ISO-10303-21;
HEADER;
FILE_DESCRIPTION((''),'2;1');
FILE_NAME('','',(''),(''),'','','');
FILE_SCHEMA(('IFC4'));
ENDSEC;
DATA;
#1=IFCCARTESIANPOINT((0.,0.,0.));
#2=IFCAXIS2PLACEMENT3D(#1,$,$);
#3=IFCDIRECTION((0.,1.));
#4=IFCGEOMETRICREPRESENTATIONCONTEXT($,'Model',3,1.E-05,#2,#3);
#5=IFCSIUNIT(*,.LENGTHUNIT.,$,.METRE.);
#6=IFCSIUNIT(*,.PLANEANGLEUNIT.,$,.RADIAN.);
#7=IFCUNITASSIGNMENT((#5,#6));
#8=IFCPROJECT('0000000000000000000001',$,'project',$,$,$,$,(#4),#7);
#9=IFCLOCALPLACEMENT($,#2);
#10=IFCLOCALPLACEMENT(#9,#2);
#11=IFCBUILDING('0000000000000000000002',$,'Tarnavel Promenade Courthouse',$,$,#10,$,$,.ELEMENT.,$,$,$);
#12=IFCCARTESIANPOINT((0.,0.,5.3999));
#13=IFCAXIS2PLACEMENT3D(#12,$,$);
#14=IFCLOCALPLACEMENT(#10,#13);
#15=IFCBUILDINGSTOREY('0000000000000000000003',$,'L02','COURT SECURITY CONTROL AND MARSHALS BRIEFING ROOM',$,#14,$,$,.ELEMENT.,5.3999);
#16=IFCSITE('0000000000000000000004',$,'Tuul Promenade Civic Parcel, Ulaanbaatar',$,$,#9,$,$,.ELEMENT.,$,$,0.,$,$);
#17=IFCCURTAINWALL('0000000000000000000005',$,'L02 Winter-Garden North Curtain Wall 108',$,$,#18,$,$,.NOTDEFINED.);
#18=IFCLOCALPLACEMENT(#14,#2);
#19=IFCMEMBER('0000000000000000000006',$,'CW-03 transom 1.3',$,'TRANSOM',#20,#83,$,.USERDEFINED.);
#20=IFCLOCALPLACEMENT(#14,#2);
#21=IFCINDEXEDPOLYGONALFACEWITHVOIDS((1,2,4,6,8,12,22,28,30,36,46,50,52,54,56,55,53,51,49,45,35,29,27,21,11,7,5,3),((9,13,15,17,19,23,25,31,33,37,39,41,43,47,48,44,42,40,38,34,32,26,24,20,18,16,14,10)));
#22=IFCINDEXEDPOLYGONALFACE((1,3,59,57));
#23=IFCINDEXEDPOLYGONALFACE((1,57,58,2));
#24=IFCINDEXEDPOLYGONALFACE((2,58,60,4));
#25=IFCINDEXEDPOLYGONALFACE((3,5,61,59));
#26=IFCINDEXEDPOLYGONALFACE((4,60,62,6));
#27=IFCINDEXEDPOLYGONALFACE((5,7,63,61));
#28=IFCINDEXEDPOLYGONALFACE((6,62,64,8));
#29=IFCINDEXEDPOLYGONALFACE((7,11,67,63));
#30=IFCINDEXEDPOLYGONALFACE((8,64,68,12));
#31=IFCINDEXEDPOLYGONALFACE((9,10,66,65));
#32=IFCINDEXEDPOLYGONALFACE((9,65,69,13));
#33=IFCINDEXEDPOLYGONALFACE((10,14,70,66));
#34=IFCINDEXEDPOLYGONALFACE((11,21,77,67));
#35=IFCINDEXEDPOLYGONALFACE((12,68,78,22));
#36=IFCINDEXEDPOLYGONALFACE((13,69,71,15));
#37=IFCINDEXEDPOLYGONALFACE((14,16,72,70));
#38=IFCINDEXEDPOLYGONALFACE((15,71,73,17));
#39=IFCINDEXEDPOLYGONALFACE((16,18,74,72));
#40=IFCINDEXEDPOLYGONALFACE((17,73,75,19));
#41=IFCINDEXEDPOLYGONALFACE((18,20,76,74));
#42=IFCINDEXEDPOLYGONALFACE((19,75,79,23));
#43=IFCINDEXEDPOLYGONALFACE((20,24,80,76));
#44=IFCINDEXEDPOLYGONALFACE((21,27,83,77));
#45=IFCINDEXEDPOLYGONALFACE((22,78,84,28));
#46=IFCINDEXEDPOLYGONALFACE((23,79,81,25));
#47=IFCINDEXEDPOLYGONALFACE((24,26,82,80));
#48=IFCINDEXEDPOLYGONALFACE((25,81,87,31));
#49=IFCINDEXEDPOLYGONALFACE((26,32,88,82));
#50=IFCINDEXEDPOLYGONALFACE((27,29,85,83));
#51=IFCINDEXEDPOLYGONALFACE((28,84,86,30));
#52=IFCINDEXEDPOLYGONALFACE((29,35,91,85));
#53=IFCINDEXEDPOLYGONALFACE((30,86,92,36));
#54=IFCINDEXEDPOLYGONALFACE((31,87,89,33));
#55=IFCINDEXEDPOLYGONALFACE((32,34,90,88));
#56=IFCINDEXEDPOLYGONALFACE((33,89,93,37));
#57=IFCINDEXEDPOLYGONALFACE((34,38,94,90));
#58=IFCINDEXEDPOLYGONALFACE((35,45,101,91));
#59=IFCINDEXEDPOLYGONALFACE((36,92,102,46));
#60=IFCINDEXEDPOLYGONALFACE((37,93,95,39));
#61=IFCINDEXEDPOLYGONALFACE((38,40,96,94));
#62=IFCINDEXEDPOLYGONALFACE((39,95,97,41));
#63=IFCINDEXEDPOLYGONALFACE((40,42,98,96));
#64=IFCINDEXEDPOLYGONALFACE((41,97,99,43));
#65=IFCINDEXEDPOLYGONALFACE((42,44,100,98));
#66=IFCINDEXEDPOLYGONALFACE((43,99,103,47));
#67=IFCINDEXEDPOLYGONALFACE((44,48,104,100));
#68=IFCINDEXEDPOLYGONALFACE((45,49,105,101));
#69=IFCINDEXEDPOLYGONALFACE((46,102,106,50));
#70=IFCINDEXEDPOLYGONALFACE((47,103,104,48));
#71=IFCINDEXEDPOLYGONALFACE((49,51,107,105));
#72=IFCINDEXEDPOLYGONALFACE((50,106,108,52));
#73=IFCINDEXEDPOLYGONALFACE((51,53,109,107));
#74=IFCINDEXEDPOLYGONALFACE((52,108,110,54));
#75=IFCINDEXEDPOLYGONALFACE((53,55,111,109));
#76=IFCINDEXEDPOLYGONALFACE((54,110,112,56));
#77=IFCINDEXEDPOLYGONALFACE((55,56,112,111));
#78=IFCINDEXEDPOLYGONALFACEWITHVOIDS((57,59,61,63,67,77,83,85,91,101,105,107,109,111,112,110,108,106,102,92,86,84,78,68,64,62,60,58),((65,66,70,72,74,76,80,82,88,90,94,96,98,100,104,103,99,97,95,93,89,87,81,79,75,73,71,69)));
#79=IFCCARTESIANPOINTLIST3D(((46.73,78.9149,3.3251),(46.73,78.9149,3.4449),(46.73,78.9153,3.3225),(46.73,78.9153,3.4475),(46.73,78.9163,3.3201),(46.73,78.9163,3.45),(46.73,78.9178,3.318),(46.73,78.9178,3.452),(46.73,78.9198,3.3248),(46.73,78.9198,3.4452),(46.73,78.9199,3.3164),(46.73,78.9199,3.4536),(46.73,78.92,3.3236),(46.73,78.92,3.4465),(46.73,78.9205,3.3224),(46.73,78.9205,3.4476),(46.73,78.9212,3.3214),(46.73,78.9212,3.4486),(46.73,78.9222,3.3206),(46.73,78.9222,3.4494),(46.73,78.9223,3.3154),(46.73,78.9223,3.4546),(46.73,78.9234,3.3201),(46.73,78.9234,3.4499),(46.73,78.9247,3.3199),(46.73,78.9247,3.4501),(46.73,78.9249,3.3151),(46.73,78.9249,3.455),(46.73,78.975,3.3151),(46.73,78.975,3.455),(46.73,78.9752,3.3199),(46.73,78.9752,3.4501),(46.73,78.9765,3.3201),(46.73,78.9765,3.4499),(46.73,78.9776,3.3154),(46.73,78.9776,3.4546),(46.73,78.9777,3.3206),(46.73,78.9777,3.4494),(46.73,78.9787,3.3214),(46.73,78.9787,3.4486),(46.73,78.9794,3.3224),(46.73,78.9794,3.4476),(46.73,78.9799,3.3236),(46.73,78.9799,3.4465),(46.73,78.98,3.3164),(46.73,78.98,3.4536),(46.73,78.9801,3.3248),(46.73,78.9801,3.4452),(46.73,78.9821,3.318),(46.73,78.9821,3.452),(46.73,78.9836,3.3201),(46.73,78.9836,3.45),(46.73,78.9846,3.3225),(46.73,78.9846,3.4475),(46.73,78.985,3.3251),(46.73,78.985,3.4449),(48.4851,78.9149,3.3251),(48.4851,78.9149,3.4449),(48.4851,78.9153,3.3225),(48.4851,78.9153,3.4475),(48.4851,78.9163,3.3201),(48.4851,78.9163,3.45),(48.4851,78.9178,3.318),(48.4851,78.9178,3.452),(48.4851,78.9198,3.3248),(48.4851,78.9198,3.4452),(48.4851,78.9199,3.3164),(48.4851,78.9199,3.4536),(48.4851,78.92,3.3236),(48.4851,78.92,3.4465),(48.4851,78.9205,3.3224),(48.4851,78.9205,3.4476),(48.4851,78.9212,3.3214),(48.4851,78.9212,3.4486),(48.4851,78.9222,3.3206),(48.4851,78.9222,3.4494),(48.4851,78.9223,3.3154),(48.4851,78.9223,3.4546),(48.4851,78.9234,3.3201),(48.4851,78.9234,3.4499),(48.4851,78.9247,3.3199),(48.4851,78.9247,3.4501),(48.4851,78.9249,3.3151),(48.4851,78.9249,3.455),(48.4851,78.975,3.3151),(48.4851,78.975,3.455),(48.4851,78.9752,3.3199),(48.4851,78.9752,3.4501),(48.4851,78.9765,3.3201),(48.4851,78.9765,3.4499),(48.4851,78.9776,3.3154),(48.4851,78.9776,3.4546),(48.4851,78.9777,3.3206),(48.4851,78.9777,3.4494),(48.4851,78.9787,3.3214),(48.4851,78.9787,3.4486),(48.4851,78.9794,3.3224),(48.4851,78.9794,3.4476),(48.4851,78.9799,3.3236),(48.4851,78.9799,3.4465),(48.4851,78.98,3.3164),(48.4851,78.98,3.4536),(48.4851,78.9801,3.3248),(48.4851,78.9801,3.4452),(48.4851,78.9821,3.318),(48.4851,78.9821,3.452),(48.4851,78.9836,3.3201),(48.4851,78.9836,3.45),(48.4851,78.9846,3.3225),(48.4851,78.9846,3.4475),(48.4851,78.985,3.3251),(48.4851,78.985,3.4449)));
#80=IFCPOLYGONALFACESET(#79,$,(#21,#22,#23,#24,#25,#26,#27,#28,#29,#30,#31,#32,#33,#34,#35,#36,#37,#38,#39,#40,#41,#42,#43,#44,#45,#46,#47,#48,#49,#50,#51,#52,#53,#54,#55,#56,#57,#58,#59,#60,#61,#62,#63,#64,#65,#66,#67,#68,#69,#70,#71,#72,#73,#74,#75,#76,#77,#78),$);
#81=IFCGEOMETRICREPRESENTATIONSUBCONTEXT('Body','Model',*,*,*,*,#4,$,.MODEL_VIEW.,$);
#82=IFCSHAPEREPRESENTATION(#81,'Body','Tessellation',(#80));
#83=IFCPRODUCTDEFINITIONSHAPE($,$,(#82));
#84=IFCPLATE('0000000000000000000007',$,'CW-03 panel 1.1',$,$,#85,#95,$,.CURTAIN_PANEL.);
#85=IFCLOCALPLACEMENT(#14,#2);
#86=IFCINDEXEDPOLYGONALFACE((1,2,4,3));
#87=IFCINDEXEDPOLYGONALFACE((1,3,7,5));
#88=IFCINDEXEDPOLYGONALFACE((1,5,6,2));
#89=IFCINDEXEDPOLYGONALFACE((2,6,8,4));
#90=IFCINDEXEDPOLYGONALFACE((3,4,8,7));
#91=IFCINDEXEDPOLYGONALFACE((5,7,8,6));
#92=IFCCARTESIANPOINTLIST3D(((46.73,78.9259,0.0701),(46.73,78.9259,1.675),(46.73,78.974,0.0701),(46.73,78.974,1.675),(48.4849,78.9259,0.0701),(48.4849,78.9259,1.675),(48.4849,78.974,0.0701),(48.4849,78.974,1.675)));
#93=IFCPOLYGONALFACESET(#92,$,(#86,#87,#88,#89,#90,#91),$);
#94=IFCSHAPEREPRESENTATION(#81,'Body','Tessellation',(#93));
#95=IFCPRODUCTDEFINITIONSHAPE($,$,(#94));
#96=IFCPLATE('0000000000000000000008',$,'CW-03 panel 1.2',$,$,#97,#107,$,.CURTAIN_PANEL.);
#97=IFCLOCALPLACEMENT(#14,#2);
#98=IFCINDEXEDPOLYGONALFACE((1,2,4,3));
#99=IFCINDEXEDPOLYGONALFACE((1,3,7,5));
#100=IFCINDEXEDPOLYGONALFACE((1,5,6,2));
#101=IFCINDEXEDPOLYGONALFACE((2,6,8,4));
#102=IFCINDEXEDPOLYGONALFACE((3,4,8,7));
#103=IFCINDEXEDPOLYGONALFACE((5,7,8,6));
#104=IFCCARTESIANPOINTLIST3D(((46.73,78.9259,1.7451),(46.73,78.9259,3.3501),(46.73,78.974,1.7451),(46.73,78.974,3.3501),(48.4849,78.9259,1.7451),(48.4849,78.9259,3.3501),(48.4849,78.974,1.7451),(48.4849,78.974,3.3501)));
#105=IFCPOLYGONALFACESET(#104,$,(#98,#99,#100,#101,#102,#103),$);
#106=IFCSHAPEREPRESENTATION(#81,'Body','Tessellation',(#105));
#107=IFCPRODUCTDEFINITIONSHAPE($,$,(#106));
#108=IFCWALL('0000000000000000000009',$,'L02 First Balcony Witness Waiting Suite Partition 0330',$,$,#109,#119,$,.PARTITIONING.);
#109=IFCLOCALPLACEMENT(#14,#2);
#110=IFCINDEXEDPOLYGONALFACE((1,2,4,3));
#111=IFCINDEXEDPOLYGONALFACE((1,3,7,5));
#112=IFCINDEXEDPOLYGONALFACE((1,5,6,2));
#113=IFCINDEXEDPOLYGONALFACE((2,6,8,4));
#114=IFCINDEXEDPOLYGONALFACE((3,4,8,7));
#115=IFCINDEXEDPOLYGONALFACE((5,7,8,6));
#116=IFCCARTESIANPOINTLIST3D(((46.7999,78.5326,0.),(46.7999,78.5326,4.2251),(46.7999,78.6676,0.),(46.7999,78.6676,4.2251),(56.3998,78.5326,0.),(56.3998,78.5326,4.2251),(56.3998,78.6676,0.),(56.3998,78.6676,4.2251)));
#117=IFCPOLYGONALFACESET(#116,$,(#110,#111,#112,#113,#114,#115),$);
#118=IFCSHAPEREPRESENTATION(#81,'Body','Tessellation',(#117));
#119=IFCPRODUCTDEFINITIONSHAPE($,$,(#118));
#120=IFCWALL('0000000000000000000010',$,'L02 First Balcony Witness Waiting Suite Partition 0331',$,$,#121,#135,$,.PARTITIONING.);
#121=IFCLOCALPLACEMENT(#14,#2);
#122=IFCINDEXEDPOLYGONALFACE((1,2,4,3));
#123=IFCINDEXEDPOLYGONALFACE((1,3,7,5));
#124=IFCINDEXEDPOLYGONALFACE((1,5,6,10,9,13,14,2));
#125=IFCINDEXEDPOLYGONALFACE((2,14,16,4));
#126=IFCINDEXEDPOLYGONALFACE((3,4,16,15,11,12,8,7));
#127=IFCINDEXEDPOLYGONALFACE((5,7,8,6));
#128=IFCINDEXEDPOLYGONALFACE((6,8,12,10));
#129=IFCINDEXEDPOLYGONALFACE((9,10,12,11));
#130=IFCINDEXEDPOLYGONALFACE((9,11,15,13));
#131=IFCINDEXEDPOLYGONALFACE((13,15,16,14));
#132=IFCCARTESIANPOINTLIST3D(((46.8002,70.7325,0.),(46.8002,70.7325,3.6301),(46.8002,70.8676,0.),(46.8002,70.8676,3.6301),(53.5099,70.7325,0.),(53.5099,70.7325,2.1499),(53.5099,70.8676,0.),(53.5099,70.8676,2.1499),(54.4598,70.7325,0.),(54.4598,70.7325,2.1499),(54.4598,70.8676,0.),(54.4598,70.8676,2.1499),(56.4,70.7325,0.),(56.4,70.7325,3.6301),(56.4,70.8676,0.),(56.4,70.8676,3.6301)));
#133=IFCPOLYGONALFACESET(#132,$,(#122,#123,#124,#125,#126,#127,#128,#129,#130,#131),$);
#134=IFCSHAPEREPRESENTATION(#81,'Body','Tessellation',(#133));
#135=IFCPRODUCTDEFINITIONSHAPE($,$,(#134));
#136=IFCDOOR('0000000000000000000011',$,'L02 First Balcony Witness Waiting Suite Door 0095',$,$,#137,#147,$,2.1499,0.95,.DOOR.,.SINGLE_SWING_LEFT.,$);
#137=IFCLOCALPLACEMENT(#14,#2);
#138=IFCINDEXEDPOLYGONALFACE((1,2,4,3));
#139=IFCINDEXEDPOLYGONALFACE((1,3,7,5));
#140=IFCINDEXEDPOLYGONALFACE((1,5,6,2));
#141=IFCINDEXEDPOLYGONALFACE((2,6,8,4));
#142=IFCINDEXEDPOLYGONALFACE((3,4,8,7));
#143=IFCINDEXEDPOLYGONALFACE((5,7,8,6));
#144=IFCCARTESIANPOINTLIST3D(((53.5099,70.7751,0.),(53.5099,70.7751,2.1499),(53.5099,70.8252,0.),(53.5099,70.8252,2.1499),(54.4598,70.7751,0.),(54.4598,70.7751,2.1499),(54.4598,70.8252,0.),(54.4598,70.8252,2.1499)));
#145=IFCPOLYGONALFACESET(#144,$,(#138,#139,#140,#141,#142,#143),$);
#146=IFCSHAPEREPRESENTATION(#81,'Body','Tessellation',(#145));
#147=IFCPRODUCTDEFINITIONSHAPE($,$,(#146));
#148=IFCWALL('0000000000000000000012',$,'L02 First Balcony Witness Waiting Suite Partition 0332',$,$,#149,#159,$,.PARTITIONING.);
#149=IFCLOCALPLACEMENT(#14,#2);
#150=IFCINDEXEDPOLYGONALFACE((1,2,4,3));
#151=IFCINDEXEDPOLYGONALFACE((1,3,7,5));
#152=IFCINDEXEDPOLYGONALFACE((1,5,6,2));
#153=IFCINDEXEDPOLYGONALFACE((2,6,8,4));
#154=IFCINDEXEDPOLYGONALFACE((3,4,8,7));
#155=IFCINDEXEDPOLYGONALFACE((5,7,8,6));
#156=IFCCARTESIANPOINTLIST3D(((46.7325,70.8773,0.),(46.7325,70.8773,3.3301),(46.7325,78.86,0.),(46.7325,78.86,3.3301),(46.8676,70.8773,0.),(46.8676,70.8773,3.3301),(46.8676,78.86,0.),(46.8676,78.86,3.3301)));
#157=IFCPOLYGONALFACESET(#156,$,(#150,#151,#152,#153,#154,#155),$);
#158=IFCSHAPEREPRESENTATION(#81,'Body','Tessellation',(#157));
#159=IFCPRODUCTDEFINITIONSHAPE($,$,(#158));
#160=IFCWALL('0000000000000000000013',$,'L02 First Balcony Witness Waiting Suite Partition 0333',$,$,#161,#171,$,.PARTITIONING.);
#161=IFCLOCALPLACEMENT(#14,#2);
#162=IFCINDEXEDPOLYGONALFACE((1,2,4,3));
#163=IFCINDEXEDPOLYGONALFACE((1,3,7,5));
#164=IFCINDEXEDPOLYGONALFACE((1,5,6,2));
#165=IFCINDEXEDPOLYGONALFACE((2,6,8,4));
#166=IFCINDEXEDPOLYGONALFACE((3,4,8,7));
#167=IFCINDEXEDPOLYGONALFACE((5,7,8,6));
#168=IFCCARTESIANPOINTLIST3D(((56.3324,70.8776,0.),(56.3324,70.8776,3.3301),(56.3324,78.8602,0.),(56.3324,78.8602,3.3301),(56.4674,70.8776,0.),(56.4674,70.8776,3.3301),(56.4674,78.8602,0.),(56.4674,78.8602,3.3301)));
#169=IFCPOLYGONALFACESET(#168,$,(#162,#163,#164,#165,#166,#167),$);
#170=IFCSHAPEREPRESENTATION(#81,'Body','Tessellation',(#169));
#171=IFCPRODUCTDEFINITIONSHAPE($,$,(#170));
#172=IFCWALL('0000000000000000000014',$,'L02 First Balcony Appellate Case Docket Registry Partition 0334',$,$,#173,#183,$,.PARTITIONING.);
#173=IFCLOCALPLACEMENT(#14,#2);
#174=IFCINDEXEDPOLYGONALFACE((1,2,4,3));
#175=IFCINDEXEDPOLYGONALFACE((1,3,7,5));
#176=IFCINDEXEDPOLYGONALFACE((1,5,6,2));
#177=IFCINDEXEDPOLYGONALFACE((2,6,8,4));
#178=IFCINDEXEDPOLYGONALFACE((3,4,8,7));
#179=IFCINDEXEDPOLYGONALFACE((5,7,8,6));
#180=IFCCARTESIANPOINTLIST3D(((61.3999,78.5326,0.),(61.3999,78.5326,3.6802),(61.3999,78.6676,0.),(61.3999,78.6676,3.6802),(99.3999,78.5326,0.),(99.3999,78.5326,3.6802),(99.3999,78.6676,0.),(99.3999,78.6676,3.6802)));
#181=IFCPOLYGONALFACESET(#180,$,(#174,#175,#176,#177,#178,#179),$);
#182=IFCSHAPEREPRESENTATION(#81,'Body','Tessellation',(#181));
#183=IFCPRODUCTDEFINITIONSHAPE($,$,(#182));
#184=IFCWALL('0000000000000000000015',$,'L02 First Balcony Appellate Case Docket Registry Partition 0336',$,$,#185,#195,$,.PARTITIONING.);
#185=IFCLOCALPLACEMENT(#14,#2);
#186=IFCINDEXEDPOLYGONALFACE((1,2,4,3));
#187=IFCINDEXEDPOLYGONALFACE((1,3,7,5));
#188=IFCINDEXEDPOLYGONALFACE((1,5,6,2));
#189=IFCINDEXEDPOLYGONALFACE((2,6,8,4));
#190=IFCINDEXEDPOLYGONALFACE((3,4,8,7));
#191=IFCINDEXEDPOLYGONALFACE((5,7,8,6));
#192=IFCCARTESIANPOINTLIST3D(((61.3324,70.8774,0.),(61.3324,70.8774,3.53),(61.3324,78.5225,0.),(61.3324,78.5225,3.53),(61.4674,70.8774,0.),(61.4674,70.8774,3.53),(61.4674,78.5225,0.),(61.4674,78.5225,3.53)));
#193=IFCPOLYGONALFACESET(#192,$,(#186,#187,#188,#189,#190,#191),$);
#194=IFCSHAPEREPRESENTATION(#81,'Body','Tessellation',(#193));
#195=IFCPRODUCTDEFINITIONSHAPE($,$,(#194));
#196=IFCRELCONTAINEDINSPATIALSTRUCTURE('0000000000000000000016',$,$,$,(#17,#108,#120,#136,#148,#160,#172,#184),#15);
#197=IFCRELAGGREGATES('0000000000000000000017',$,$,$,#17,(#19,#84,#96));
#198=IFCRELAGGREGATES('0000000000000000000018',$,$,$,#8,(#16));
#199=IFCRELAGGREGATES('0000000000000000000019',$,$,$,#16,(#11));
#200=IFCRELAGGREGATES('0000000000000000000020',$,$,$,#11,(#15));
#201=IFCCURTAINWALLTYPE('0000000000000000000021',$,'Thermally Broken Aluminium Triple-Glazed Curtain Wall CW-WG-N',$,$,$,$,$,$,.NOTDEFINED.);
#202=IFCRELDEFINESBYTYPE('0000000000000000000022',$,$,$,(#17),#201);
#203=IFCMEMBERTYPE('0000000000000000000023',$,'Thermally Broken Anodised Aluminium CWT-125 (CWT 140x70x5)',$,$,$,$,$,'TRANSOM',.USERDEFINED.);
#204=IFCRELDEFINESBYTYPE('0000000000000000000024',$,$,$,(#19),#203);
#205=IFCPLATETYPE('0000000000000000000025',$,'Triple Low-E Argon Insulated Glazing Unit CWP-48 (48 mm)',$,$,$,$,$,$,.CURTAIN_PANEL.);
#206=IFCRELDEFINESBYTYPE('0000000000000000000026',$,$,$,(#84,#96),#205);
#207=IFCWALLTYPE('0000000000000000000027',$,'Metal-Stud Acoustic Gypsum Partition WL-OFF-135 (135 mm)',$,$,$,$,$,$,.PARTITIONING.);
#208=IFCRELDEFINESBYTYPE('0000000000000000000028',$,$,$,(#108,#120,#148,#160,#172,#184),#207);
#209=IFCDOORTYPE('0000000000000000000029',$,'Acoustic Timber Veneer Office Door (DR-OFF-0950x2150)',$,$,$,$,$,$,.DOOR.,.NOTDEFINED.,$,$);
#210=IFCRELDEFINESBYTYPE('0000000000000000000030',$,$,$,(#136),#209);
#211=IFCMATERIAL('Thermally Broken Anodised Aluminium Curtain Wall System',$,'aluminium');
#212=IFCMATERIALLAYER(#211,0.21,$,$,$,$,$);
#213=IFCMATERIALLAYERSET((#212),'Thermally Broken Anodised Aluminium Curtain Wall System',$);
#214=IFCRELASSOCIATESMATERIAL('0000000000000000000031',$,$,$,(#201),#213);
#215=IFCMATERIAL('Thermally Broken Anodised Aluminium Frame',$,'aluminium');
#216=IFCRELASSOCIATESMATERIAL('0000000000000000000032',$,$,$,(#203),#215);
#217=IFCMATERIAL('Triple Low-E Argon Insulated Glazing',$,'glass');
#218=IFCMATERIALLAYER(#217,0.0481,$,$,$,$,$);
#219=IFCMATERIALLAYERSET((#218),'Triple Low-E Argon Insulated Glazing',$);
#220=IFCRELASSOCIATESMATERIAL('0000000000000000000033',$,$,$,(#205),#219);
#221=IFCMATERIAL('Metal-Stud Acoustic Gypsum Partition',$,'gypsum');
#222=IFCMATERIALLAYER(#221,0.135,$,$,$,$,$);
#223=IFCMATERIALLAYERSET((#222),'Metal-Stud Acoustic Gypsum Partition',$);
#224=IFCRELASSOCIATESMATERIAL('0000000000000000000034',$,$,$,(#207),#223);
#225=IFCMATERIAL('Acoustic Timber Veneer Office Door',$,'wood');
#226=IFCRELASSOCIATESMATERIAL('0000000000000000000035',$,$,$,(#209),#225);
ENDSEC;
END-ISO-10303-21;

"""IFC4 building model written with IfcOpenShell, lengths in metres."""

from ifc_helpers import new_model, si_unit, direction, frame, frame_2d, origin, origin_2d, place, context, subcontext, project, spatial, rectangle, hollow_rectangle, extrude, material, layer, layer_set, material_profile, profile_set, type_object, element, fill, aggregate, save


model = new_model("IFC4")

# Units and contexts
model_context = context("Model", 3, precision=1e-05, world=origin(), true_north=direction((0.0, 1.0)))
body_context = subcontext(model_context, "Body", "Model", "MODEL_VIEW")
ifc_project = project(units=[si_unit("LENGTHUNIT", "METRE"), si_unit("PLANEANGLEUNIT", "RADIAN")], contexts=[model_context])

# Site, building, storey
site_placement = place(None, origin())
site = spatial("IfcSite", under=ifc_project, at=site_placement, Name="Tuul Promenade Civic Parcel, Ulaanbaatar", CompositionType="ELEMENT", RefElevation=0.0)
building_placement = place(site_placement, origin())
building = spatial("IfcBuilding", under=site, at=building_placement, Name="Tarnavel Promenade Courthouse", CompositionType="ELEMENT")
storey_placement = place(building_placement, frame((0.0, 0.0, 5.3999)))
storey = spatial("IfcBuildingStorey", under=building, at=storey_placement, Name="L02", Description="COURT SECURITY CONTROL AND MARSHALS BRIEFING ROOM", CompositionType="ELEMENT", Elevation=5.3999)

# Curtain wall, member, plates
ifc_material_1 = material(Name="Thermally Broken Anodised Aluminium Curtain Wall System", Category="aluminium")
ifc_layer_1 = layer(ifc_material_1, 0.21)
ifc_layer_set_1 = layer_set([ifc_layer_1], Name="Thermally Broken Anodised Aluminium Curtain Wall System")
curtain_wall_type = type_object("IfcCurtainWallType", Name="Thermally Broken Aluminium Triple-Glazed Curtain Wall CW-WG-N", PredefinedType="NOTDEFINED", material=ifc_layer_set_1)
curtain_wall_placement = place(storey_placement, origin())
curtain_wall = element("IfcCurtainWall", 1, at=curtain_wall_placement, inside=storey, type_object=curtain_wall_type, Name="L02 Winter-Garden North Curtain Wall 108", PredefinedType="NOTDEFINED")
ifc_material_2 = material(Name="Thermally Broken Anodised Aluminium Frame", Category="aluminium")
ifc_material_profile_1 = material_profile(ifc_material_2, hollow_rectangle(XDim=0.0701, YDim=0.1399, WallThickness=0.0049, InnerFilletRadius=0.0049, OuterFilletRadius=0.01, at=origin_2d()), Name="CWT 140x70x5")
ifc_profile_set_1 = profile_set([ifc_material_profile_1], Name="Thermally Broken Anodised Aluminium Frame")
member_type_1 = type_object("IfcMemberType", Name="Thermally Broken Anodised Aluminium CWT-125 (CWT 140x70x5)", ElementType="TRANSOM", PredefinedType="USERDEFINED", material=ifc_profile_set_1)
member_1_placement = place(storey_placement, frame((46.73, 78.95, 3.385), z_axis=(1.0, 0.0, 0.0), x_axis=(0.0, 1.0, 0.0)))
member_1 = element("IfcMember", 2, at=member_1_placement, type_object=member_type_1, Name="CW-03 transom 1.3", ObjectType="TRANSOM", PredefinedType="USERDEFINED", context=body_context, shape_type="SweptSolid", body=[
    extrude(hollow_rectangle(XDim=0.0701, YDim=0.1399, WallThickness=0.0049, InnerFilletRadius=0.0049, OuterFilletRadius=0.01, at=origin_2d()), origin(), (0.0, 0.0, 1.0), 1.7551),
])
ifc_material_3 = material(Name="Triple Low-E Argon Insulated Glazing", Category="glass")
ifc_layer_2 = layer(ifc_material_3, 0.0481)
ifc_layer_set_2 = layer_set([ifc_layer_2], Name="Triple Low-E Argon Insulated Glazing")
plate_type = type_object("IfcPlateType", Name="Triple Low-E Argon Insulated Glazing Unit CWP-48 (48 mm)", PredefinedType="CURTAIN_PANEL", material=ifc_layer_set_2)
plate_1_placement = place(storey_placement, frame((47.6074, 78.95, 0.0701), z_axis=(0.0, 0.0, 1.0), x_axis=(1.0, 0.0, 0.0)))
plate_1 = element("IfcPlate", 3, at=plate_1_placement, type_object=plate_type, Name="CW-03 panel 1.1", PredefinedType="CURTAIN_PANEL", context=body_context, shape_type="SweptSolid", body=[
    extrude(rectangle(XDim=1.7549, YDim=0.0481, at=origin_2d()), origin(), (0.0, 0.0, 1.0), 1.605),
])
plate_2_placement = place(storey_placement, frame((47.6074, 78.95, 1.7451), z_axis=(0.0, 0.0, 1.0), x_axis=(1.0, 0.0, 0.0)))
plate_2 = element("IfcPlate", 4, at=plate_2_placement, type_object=plate_type, Name="CW-03 panel 1.2", PredefinedType="CURTAIN_PANEL", context=body_context, shape_type="SweptSolid", body=[
    extrude(rectangle(XDim=1.7549, YDim=0.0481, at=origin_2d()), origin(), (0.0, 0.0, 1.0), 1.605),
])
aggregate(curtain_wall, [member_1, plate_1, plate_2])

# Wall
ifc_material_4 = material(Name="Metal-Stud Acoustic Gypsum Partition", Category="gypsum")
ifc_layer_3 = layer(ifc_material_4, 0.135)
ifc_layer_set_3 = layer_set([ifc_layer_3], Name="Metal-Stud Acoustic Gypsum Partition")
wall_type = type_object("IfcWallType", Name="Metal-Stud Acoustic Gypsum Partition WL-OFF-135 (135 mm)", PredefinedType="PARTITIONING", material=ifc_layer_set_3)
wall_1_placement = place(storey_placement, frame((46.8, 78.6001, 0.0), z_axis=(0.0, 0.0, 1.0), x_axis=(1.0, 0.0, 0.0)))
element("IfcWall", 5, at=wall_1_placement, inside=storey, type_object=wall_type, Name="L02 First Balcony Witness Waiting Suite Partition 0330", PredefinedType="PARTITIONING", context=body_context, shape_type="SweptSolid", body=[
    extrude(rectangle(XDim=9.5999, YDim=0.135, at=frame_2d((4.7998, 0.0))), origin(), (0.0, 0.0, 1.0), 4.2251),
])

# Wall, opening, door
wall_2_placement = place(storey_placement, frame((56.3999, 70.8, 0.0), z_axis=(0.0, 0.0, 1.0), x_axis=(-1.0, 0.0, 0.0)))
wall_2 = element("IfcWall", 6, at=wall_2_placement, inside=storey, type_object=wall_type, Name="L02 First Balcony Witness Waiting Suite Partition 0331", PredefinedType="PARTITIONING", context=body_context, shape_type="SweptSolid", body=[
    extrude(rectangle(XDim=9.5999, YDim=0.135, at=frame_2d((4.7998, 0.0))), origin(), (0.0, 0.0, 1.0), 3.6301),
])
opening_1_placement = place(wall_2_placement, frame((1.9399, 0.0, 0.0)))
opening_1 = element("IfcOpeningElement", 7, at=opening_1_placement, cuts=wall_2, PredefinedType="OPENING", context=body_context, shape_type="SweptSolid", body=[
    extrude(rectangle(XDim=0.95, YDim=2.1499, at=frame_2d((0.4751, 1.075))), frame((0.0, 0.0774, 0.0), z_axis=(0.0, -1.0, 0.0), x_axis=(1.0, 0.0, 0.0)), (0.0, 0.0, 1.0), 0.155),
])
ifc_material_5 = material(Name="Acoustic Timber Veneer Office Door", Category="wood")
door_type_1 = type_object("IfcDoorType", Name="Acoustic Timber Veneer Office Door (DR-OFF-0950x2150)", OperationType="NOTDEFINED", PredefinedType="DOOR", material=ifc_material_5)
door_1_placement = place(opening_1_placement, origin())
door_1 = element("IfcDoor", 8, at=door_1_placement, inside=storey, type_object=door_type_1, Name="L02 First Balcony Witness Waiting Suite Door 0095", OperationType="SINGLE_SWING_LEFT", OverallHeight=2.1499, OverallWidth=0.95, PredefinedType="DOOR", context=body_context, shape_type="SweptSolid", body=[
    extrude(rectangle(XDim=0.95, YDim=2.1499, at=frame_2d((0.4751, 1.075))), frame((0.0, 0.0249, 0.0), z_axis=(0.0, -1.0, 0.0), x_axis=(1.0, 0.0, 0.0)), (0.0, 0.0, 1.0), 0.05),
])
fill(opening_1, door_1)

# Walls
for number, where, z_axis, x_axis, name in (
    (9, (46.8, 70.8774, 0.0), (0.0, 0.0, 1.0), (0.0, 1.0, 0.0), "L02 First Balcony Witness Waiting Suite Partition 0332"),
    (10, (56.3999, 78.8601, 0.0), (0.0, 0.0, 1.0), (0.0, -1.0, 0.0), "L02 First Balcony Witness Waiting Suite Partition 0333"),
):
    element("IfcWall", number, at=place(storey_placement, frame(where, z_axis=z_axis, x_axis=x_axis)), inside=storey, type_object=wall_type, Name=name, PredefinedType="PARTITIONING", context=body_context, shape_type="SweptSolid", body=[
        extrude(rectangle(XDim=7.9827, YDim=0.135, at=frame_2d((3.9912, 0.0))), origin(), (0.0, 0.0, 1.0), 3.3301),
    ])
wall_3_placement = place(storey_placement, frame((61.3999, 78.6001, 0.0), z_axis=(0.0, 0.0, 1.0), x_axis=(1.0, 0.0, 0.0)))
element("IfcWall", 11, at=wall_3_placement, inside=storey, type_object=wall_type, Name="L02 First Balcony Appellate Case Docket Registry Partition 0334", PredefinedType="PARTITIONING", context=body_context, shape_type="SweptSolid", body=[
    extrude(rectangle(XDim=38.0, YDim=0.135, at=frame_2d((19.0, 0.0))), origin(), (0.0, 0.0, 1.0), 3.6802),
])
wall_4_placement = place(storey_placement, frame((61.3999, 70.8774, 0.0), z_axis=(0.0, 0.0, 1.0), x_axis=(0.0, 1.0, 0.0)))
element("IfcWall", 12, at=wall_4_placement, inside=storey, type_object=wall_type, Name="L02 First Balcony Appellate Case Docket Registry Partition 0336", PredefinedType="PARTITIONING", context=body_context, shape_type="SweptSolid", body=[
    extrude(rectangle(XDim=7.645, YDim=0.135, at=frame_2d((3.8225, 0.0))), origin(), (0.0, 0.0, 1.0), 3.53),
])

save(model, "model.ifc")
